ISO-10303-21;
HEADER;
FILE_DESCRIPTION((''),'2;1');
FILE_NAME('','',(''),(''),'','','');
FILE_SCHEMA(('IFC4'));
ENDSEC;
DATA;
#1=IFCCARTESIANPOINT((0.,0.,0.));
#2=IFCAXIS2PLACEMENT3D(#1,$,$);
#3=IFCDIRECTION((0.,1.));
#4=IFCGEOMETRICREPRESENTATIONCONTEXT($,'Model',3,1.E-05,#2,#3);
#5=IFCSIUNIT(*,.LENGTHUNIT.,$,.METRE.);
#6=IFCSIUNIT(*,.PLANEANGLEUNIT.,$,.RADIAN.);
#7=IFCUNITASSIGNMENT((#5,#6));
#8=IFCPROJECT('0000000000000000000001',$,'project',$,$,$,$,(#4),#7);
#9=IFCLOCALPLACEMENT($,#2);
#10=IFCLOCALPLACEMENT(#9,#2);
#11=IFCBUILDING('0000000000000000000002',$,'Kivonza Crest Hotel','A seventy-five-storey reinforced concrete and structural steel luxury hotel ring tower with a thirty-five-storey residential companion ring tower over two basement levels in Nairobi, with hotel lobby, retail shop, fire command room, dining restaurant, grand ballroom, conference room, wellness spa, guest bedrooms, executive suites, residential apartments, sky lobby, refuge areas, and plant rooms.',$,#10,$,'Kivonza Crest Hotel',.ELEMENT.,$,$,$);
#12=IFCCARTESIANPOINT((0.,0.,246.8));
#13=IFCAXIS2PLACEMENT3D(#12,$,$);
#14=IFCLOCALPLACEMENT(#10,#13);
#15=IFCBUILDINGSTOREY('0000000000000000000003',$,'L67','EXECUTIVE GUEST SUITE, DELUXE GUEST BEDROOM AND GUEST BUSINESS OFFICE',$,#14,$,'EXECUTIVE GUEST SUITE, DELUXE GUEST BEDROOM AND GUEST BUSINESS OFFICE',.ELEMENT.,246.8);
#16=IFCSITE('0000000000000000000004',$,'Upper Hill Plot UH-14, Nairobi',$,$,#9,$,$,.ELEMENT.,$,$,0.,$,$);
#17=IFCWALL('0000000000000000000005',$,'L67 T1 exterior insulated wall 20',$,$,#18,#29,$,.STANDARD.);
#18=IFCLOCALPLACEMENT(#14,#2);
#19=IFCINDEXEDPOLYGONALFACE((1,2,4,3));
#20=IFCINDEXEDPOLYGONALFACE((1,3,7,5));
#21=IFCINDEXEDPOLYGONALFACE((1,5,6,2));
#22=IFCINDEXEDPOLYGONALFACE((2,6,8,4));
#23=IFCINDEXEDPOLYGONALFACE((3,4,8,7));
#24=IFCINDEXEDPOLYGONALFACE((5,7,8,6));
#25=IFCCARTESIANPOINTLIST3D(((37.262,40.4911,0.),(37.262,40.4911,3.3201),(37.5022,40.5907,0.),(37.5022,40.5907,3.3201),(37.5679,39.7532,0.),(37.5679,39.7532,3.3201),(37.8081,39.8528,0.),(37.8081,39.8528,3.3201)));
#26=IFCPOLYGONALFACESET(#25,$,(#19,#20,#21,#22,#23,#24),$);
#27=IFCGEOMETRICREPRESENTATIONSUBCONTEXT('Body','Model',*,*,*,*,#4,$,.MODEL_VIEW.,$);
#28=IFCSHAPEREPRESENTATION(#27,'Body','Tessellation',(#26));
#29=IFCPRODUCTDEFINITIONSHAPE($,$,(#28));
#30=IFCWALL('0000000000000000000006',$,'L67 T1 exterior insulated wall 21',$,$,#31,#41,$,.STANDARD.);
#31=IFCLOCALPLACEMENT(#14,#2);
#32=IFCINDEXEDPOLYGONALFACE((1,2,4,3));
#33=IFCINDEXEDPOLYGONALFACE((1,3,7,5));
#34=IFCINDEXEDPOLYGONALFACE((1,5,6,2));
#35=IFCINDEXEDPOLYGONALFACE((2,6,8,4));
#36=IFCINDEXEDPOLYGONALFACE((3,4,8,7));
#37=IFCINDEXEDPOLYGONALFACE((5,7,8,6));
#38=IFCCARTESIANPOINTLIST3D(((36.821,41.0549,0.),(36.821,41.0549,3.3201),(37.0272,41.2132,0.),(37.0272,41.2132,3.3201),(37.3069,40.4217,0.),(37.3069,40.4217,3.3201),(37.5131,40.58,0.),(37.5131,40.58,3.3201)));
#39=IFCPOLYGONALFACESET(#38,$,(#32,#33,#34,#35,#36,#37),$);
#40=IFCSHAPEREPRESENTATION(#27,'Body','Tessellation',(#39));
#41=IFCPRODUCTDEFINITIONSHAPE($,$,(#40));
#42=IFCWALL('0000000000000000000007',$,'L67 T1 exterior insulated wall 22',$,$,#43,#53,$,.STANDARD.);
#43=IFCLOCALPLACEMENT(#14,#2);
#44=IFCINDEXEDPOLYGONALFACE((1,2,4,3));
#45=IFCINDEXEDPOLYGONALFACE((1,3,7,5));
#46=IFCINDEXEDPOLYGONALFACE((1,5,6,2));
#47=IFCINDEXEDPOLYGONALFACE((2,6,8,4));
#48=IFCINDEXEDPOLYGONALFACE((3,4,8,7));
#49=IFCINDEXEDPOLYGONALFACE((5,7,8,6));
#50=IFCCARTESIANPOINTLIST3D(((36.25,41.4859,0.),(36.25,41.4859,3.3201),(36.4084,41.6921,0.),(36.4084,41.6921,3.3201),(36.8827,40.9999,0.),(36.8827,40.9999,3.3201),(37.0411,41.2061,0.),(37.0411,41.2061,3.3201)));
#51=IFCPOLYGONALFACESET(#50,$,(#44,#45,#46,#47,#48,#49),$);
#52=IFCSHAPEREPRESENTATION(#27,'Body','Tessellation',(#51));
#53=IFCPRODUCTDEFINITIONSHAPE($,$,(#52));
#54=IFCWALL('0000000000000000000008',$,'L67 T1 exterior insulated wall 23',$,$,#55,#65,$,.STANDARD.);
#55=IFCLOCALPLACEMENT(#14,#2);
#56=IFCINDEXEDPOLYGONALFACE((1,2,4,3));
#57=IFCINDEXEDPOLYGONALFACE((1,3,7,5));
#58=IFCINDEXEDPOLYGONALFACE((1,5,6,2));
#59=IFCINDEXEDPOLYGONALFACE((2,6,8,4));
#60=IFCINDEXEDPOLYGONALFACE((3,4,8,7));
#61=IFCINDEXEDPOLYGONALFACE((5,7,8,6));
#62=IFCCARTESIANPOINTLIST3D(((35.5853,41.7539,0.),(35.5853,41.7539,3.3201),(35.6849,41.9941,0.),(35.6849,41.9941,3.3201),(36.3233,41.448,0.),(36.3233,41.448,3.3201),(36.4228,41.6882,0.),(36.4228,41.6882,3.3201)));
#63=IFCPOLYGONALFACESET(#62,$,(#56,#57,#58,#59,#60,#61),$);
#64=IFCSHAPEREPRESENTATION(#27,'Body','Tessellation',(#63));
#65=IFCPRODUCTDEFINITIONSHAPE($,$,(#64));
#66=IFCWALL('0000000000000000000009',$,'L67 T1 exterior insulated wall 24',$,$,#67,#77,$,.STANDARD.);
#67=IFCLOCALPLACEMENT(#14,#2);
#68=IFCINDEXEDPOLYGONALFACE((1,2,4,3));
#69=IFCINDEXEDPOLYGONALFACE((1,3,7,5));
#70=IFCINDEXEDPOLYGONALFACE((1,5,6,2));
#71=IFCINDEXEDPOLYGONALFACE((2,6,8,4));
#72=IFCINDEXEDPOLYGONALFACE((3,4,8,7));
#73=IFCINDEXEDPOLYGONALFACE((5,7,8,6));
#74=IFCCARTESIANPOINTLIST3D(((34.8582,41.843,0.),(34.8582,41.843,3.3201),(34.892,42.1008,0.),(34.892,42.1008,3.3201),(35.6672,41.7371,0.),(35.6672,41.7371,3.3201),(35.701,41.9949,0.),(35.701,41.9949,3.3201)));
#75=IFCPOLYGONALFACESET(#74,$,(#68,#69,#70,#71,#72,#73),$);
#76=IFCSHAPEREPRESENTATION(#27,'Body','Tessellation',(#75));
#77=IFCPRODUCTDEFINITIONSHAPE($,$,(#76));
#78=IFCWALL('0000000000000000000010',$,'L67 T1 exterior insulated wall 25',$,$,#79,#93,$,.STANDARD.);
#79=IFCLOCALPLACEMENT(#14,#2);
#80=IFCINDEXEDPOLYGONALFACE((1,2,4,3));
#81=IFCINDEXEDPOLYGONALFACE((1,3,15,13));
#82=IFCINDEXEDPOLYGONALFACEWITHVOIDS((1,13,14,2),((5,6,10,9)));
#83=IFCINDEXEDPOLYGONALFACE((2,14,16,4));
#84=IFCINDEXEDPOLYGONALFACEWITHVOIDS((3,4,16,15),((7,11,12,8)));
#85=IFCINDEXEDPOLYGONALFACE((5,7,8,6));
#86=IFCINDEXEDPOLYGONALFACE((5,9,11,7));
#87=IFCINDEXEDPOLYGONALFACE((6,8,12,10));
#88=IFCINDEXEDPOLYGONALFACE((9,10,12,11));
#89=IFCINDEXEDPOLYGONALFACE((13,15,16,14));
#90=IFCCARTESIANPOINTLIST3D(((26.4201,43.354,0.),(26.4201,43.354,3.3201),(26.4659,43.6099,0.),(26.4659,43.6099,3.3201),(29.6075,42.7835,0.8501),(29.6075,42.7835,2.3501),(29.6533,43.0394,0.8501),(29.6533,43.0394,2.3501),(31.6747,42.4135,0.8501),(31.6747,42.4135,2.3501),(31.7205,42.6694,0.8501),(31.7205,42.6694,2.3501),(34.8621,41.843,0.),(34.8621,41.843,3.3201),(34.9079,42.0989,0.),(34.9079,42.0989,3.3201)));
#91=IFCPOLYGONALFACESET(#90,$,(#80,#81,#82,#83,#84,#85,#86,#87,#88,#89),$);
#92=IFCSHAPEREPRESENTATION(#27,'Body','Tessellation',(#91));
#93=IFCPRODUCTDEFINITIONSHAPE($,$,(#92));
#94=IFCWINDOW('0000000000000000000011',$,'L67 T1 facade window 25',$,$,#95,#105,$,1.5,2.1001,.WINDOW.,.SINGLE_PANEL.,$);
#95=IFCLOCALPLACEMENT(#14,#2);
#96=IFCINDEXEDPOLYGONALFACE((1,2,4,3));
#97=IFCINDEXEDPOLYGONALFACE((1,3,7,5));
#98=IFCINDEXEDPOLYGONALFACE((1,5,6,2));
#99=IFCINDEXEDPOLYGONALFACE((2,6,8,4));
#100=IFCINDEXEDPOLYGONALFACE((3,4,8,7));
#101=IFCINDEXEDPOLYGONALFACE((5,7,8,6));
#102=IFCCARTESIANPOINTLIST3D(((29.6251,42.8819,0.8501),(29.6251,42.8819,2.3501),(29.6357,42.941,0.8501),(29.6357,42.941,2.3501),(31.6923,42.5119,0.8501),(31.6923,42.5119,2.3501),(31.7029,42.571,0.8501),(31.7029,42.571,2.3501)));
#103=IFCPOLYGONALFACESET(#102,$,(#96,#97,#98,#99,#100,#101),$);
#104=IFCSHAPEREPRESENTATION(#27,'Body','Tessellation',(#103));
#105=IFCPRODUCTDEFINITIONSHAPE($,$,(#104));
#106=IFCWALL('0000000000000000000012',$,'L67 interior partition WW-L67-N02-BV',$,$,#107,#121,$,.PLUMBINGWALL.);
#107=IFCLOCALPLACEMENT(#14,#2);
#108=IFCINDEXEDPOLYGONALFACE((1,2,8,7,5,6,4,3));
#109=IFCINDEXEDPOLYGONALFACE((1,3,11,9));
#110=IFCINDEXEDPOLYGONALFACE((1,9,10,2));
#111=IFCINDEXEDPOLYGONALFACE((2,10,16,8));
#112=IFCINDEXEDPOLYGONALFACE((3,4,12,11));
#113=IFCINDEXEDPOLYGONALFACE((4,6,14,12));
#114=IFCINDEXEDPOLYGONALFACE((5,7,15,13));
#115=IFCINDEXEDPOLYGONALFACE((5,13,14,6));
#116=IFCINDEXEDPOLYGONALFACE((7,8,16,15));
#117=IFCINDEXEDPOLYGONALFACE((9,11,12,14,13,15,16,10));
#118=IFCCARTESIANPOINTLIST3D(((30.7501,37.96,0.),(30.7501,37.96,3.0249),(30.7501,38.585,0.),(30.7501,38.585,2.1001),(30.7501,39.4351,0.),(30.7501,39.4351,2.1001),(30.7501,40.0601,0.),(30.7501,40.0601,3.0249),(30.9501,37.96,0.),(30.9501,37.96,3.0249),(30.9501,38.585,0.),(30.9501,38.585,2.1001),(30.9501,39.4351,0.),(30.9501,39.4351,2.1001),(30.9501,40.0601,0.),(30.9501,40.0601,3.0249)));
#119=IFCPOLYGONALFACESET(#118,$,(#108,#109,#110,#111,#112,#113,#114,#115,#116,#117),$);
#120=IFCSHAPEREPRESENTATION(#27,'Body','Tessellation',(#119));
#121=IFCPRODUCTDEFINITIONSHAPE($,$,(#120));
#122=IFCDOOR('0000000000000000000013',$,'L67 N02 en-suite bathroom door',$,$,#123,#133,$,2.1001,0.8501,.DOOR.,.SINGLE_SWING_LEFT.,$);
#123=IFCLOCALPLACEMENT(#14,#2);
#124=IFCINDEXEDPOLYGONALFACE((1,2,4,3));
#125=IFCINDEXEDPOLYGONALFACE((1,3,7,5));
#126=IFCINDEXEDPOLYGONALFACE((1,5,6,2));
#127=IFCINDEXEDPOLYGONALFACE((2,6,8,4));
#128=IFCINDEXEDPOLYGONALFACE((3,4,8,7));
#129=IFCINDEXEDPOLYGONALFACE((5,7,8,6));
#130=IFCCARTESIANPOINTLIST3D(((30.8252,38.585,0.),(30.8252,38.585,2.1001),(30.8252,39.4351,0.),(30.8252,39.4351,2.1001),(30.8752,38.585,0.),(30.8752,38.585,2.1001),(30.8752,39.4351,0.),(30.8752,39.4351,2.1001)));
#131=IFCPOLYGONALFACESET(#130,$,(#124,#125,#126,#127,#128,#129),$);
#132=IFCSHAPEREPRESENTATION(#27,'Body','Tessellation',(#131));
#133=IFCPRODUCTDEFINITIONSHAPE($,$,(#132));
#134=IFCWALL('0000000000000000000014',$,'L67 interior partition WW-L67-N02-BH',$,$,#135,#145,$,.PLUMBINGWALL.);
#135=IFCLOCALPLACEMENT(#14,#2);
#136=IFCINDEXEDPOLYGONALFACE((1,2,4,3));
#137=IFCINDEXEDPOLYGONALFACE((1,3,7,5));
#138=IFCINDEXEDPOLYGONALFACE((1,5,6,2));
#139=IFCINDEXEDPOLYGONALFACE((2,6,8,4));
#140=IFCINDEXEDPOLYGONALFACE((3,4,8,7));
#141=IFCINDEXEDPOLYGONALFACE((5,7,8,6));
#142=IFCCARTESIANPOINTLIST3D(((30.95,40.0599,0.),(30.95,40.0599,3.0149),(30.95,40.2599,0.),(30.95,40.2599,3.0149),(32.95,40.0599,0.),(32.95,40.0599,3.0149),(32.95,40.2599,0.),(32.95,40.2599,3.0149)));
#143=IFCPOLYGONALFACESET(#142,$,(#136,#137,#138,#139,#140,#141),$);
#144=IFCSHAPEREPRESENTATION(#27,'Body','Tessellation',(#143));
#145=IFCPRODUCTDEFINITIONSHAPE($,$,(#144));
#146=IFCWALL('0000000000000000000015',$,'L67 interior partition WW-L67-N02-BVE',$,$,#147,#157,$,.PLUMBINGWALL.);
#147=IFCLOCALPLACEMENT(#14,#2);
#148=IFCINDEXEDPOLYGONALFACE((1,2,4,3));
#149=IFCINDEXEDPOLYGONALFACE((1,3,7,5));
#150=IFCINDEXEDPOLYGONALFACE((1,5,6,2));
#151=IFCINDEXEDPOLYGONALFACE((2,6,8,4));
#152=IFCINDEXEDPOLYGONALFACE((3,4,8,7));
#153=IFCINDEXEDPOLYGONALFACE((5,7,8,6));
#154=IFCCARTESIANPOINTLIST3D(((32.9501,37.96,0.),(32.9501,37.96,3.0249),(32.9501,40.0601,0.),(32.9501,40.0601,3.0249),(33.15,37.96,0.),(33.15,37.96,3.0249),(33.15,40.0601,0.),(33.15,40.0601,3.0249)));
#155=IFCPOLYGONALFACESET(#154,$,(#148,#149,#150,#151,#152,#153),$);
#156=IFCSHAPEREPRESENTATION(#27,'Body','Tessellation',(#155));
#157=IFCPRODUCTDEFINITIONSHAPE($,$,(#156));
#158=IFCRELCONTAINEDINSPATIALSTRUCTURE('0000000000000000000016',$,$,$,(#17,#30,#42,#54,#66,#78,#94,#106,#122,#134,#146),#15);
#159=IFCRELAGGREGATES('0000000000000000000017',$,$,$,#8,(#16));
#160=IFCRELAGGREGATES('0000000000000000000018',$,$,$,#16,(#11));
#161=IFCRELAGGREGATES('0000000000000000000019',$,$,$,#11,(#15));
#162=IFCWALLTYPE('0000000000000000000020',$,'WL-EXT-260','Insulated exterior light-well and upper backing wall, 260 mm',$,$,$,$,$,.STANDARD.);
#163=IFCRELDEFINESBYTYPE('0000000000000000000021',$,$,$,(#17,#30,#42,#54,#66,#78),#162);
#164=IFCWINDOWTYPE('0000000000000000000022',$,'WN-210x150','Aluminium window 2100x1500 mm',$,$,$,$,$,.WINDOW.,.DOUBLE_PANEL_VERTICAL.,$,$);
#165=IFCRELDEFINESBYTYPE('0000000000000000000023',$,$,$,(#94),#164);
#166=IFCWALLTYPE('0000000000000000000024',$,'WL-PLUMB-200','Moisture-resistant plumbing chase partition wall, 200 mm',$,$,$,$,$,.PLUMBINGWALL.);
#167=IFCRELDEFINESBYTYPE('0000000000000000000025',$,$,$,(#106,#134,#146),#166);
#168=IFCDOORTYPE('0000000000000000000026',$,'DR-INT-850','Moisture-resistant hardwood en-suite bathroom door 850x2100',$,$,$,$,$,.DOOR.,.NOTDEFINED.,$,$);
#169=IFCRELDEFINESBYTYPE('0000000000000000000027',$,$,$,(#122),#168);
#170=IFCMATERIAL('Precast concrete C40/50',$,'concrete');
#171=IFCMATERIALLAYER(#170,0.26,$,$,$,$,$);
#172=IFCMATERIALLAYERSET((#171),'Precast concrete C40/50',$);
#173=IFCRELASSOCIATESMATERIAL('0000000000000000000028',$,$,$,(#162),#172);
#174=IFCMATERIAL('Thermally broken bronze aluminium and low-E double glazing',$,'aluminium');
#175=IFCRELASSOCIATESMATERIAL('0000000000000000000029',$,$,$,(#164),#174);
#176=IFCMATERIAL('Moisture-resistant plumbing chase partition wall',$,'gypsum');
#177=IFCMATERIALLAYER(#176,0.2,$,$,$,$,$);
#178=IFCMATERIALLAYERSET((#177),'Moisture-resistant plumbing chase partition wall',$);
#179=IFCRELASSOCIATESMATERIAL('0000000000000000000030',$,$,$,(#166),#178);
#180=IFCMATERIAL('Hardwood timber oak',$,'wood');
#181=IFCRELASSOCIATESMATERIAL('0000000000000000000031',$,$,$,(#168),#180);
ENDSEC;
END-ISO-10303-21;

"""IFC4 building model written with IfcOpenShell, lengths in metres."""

from ifc_helpers import new_model, si_unit, direction, frame, frame_2d, origin, place, context, subcontext, project, spatial, rectangle, extrude, material, layer, layer_set, type_object, element, fill, save


model = new_model("IFC4")

# Units and contexts
model_context = context("Model", 3, precision=1e-05, world=origin(), true_north=direction((0.0, 1.0)))
body_context = subcontext(model_context, "Body", "Model", "MODEL_VIEW")
ifc_project = project(units=[si_unit("LENGTHUNIT", "METRE"), si_unit("PLANEANGLEUNIT", "RADIAN")], contexts=[model_context])

# Site, building, storey
site_placement = place(None, origin())
site = spatial("IfcSite", under=ifc_project, at=site_placement, Name="Upper Hill Plot UH-14, Nairobi", CompositionType="ELEMENT", RefElevation=0.0)
building_placement = place(site_placement, origin())
building = spatial("IfcBuilding", under=site, at=building_placement, Name="Kivonza Crest Hotel", Description="A seventy-five-storey reinforced concrete and structural steel luxury hotel ring tower with a thirty-five-storey residential companion ring tower over two basement levels in Nairobi, with hotel lobby, retail shop, fire command room, dining restaurant, grand ballroom, conference room, wellness spa, guest bedrooms, executive suites, residential apartments, sky lobby, refuge areas, and plant rooms.", LongName="Kivonza Crest Hotel", CompositionType="ELEMENT")
storey_placement = place(building_placement, frame((0.0, 0.0, 246.8)))
storey = spatial("IfcBuildingStorey", under=building, at=storey_placement, Name="L67", Description="EXECUTIVE GUEST SUITE, DELUXE GUEST BEDROOM AND GUEST BUSINESS OFFICE", LongName="EXECUTIVE GUEST SUITE, DELUXE GUEST BEDROOM AND GUEST BUSINESS OFFICE", CompositionType="ELEMENT", Elevation=246.8)

# Shared definitions
ifc_material_1 = material(Name="Hardwood timber oak", Category="wood")

# Walls
ifc_material_2 = material(Name="Precast concrete C40/50", Category="concrete")
ifc_layer_1 = layer(ifc_material_2, 0.26)
ifc_layer_set_1 = layer_set([ifc_layer_1], Name="Precast concrete C40/50")
wall_type_1 = type_object("IfcWallType", Name="WL-EXT-260", Description="Insulated exterior light-well and upper backing wall, 260 mm", PredefinedType="STANDARD", material=ifc_layer_set_1)
wall_1_placement = place(storey_placement, frame((37.688, 39.803, 0.0), z_axis=(0.0, 0.0, 1.0), x_axis=(-0.382901, 0.92379, 0.0)))
element("IfcWall", 1, at=wall_1_placement, inside=storey, type_object=wall_type_1, Name="L67 T1 exterior insulated wall 20", PredefinedType="STANDARD", context=body_context, shape_type="SweptSolid", body=[
    extrude(rectangle(XDim=0.7988, YDim=0.26, at=frame_2d((0.3994, 0.0))), origin(), (0.0, 0.0, 1.0), 3.3201),
])
wall_2_placement = place(storey_placement, frame((37.4099, 40.501, 0.0), z_axis=(0.0, 0.0, 1.0), x_axis=(-0.608823, 0.793306, 0.0)))
element("IfcWall", 2, at=wall_2_placement, inside=storey, type_object=wall_type_1, Name="L67 T1 exterior insulated wall 21", PredefinedType="STANDARD", context=body_context, shape_type="SweptSolid", body=[
    extrude(rectangle(XDim=0.7981, YDim=0.26, at=frame_2d((0.3989, 0.0))), origin(), (0.0, 0.0, 1.0), 3.3201),
])
wall_3_placement = place(storey_placement, frame((36.9619, 41.103, 0.0), z_axis=(0.0, 0.0, 1.0), x_axis=(-0.793045, 0.609164, 0.0)))
element("IfcWall", 3, at=wall_3_placement, inside=storey, type_object=wall_type_1, Name="L67 T1 exterior insulated wall 22", PredefinedType="STANDARD", context=body_context, shape_type="SweptSolid", body=[
    extrude(rectangle(XDim=0.7979, YDim=0.26, at=frame_2d((0.3989, 0.0))), origin(), (0.0, 0.0, 1.0), 3.3201),
])
wall_4_placement = place(storey_placement, frame((36.373, 41.5681, 0.0), z_axis=(0.0, 0.0, 1.0), x_axis=(-0.92379, 0.382901, 0.0)))
element("IfcWall", 4, at=wall_4_placement, inside=storey, type_object=wall_type_1, Name="L67 T1 exterior insulated wall 23", PredefinedType="STANDARD", context=body_context, shape_type="SweptSolid", body=[
    extrude(rectangle(XDim=0.7988, YDim=0.26, at=frame_2d((0.3994, 0.0))), origin(), (0.0, 0.0, 1.0), 3.3201),
])
wall_5_placement = place(storey_placement, frame((35.6841, 41.866, 0.0), z_axis=(0.0, 0.0, 1.0), x_axis=(-0.991534, 0.129851, 0.0)))
element("IfcWall", 5, at=wall_5_placement, inside=storey, type_object=wall_type_1, Name="L67 T1 exterior insulated wall 24", PredefinedType="STANDARD", context=body_context, shape_type="SweptSolid", body=[
    extrude(rectangle(XDim=0.8159, YDim=0.26, at=frame_2d((0.408, 0.0))), origin(), (0.0, 0.0, 1.0), 3.3201),
])

# Wall, opening, window
wall_6_placement = place(storey_placement, frame((34.885, 41.9709, 0.0), z_axis=(0.0, 0.0, 1.0), x_axis=(-0.984357, 0.176187, 0.0)))
wall_6 = element("IfcWall", 6, at=wall_6_placement, inside=storey, type_object=wall_type_1, Name="L67 T1 exterior insulated wall 25", PredefinedType="STANDARD", context=body_context, shape_type="SweptSolid", body=[
    extrude(rectangle(XDim=8.5762, YDim=0.26, at=frame_2d((4.2881, 0.0))), origin(), (0.0, 0.0, 1.0), 3.3201),
])
opening_1_placement = place(wall_6_placement, frame((3.238, 0.0, 0.8501)))
opening_1 = element("IfcOpeningElement", 7, at=opening_1_placement, cuts=wall_6, PredefinedType="OPENING", context=body_context, shape_type="SweptSolid", body=[
    extrude(rectangle(XDim=2.1001, YDim=1.5, at=frame_2d((1.05, 0.75))), frame((0.0, 0.1401, 0.0), z_axis=(0.0, -1.0, 0.0), x_axis=(1.0, 0.0, 0.0)), (0.0, 0.0, 1.0), 0.28),
])
ifc_material_3 = material(Name="Thermally broken bronze aluminium and low-E double glazing", Category="aluminium")
window_type = type_object("IfcWindowType", Name="WN-210x150", Description="Aluminium window 2100x1500 mm", PartitioningType="DOUBLE_PANEL_VERTICAL", PredefinedType="WINDOW", material=ifc_material_3)
window_placement = place(opening_1_placement, origin())
window = element("IfcWindow", 8, at=window_placement, inside=storey, type_object=window_type, Name="L67 T1 facade window 25", OverallHeight=1.5, OverallWidth=2.1001, PartitioningType="SINGLE_PANEL", PredefinedType="WINDOW", context=body_context, shape_type="SweptSolid", body=[
    extrude(rectangle(XDim=2.1001, YDim=1.5, at=frame_2d((1.05, 0.75))), frame((0.0, 0.03, 0.0), z_axis=(0.0, -1.0, 0.0), x_axis=(1.0, 0.0, 0.0)), (0.0, 0.0, 1.0), 0.0601),
])
fill(opening_1, window)

# Wall, opening, door
ifc_material_4 = material(Name="Moisture-resistant plumbing chase partition wall", Category="gypsum")
ifc_layer_2 = layer(ifc_material_4, 0.2)
ifc_layer_set_2 = layer_set([ifc_layer_2], Name="Moisture-resistant plumbing chase partition wall")
wall_type_2 = type_object("IfcWallType", Name="WL-PLUMB-200", Description="Moisture-resistant plumbing chase partition wall, 200 mm", PredefinedType="PLUMBINGWALL", material=ifc_layer_set_2)
wall_7_placement = place(storey_placement, frame((30.8501, 37.96, 0.0), z_axis=(0.0, 0.0, 1.0), x_axis=(0.0, 1.0, 0.0)))
wall_7 = element("IfcWall", 9, at=wall_7_placement, inside=storey, type_object=wall_type_2, Name="L67 interior partition WW-L67-N02-BV", PredefinedType="PLUMBINGWALL", context=body_context, shape_type="SweptSolid", body=[
    extrude(rectangle(XDim=2.1001, YDim=0.2, at=frame_2d((1.05, 0.0))), origin(), (0.0, 0.0, 1.0), 3.0249),
])
opening_2_placement = place(wall_7_placement, frame((0.625, 0.0, 0.0)))
opening_2 = element("IfcOpeningElement", 10, at=opening_2_placement, cuts=wall_7, PredefinedType="OPENING", context=body_context, shape_type="SweptSolid", body=[
    extrude(rectangle(XDim=0.8501, YDim=2.1001, at=frame_2d((0.425, 1.05))), frame((0.0, 0.1099, 0.0), z_axis=(0.0, -1.0, 0.0), x_axis=(1.0, 0.0, 0.0)), (0.0, 0.0, 1.0), 0.22),
])
door_type_1 = type_object("IfcDoorType", Name="DR-INT-850", Description="Moisture-resistant hardwood en-suite bathroom door 850x2100", OperationType="NOTDEFINED", PredefinedType="DOOR", material=ifc_material_1)
door_1_placement = place(opening_2_placement, origin())
door_1 = element("IfcDoor", 11, at=door_1_placement, inside=storey, type_object=door_type_1, Name="L67 N02 en-suite bathroom door", OperationType="SINGLE_SWING_LEFT", OverallHeight=2.1001, OverallWidth=0.8501, PredefinedType="DOOR", context=body_context, shape_type="SweptSolid", body=[
    extrude(rectangle(XDim=0.8501, YDim=2.1001, at=frame_2d((0.425, 1.05))), frame((0.0, 0.0249, 0.0), z_axis=(0.0, -1.0, 0.0), x_axis=(1.0, 0.0, 0.0)), (0.0, 0.0, 1.0), 0.05),
])
fill(opening_2, door_1)

# Walls
wall_8_placement = place(storey_placement, frame((30.95, 40.1599, 0.0), z_axis=(0.0, 0.0, 1.0), x_axis=(1.0, 0.0, 0.0)))
element("IfcWall", 12, at=wall_8_placement, inside=storey, type_object=wall_type_2, Name="L67 interior partition WW-L67-N02-BH", PredefinedType="PLUMBINGWALL", context=body_context, shape_type="SweptSolid", body=[
    extrude(rectangle(XDim=2.0, YDim=0.2, at=frame_2d((1.0, 0.0))), origin(), (0.0, 0.0, 1.0), 3.0149),
])
wall_9_placement = place(storey_placement, frame((33.05, 37.96, 0.0), z_axis=(0.0, 0.0, 1.0), x_axis=(0.0, 1.0, 0.0)))
element("IfcWall", 13, at=wall_9_placement, inside=storey, type_object=wall_type_2, Name="L67 interior partition WW-L67-N02-BVE", PredefinedType="PLUMBINGWALL", context=body_context, shape_type="SweptSolid", body=[
    extrude(rectangle(XDim=2.1001, YDim=0.2, at=frame_2d((1.05, 0.0))), origin(), (0.0, 0.0, 1.0), 3.0249),
])

save(model, "model.ifc")
